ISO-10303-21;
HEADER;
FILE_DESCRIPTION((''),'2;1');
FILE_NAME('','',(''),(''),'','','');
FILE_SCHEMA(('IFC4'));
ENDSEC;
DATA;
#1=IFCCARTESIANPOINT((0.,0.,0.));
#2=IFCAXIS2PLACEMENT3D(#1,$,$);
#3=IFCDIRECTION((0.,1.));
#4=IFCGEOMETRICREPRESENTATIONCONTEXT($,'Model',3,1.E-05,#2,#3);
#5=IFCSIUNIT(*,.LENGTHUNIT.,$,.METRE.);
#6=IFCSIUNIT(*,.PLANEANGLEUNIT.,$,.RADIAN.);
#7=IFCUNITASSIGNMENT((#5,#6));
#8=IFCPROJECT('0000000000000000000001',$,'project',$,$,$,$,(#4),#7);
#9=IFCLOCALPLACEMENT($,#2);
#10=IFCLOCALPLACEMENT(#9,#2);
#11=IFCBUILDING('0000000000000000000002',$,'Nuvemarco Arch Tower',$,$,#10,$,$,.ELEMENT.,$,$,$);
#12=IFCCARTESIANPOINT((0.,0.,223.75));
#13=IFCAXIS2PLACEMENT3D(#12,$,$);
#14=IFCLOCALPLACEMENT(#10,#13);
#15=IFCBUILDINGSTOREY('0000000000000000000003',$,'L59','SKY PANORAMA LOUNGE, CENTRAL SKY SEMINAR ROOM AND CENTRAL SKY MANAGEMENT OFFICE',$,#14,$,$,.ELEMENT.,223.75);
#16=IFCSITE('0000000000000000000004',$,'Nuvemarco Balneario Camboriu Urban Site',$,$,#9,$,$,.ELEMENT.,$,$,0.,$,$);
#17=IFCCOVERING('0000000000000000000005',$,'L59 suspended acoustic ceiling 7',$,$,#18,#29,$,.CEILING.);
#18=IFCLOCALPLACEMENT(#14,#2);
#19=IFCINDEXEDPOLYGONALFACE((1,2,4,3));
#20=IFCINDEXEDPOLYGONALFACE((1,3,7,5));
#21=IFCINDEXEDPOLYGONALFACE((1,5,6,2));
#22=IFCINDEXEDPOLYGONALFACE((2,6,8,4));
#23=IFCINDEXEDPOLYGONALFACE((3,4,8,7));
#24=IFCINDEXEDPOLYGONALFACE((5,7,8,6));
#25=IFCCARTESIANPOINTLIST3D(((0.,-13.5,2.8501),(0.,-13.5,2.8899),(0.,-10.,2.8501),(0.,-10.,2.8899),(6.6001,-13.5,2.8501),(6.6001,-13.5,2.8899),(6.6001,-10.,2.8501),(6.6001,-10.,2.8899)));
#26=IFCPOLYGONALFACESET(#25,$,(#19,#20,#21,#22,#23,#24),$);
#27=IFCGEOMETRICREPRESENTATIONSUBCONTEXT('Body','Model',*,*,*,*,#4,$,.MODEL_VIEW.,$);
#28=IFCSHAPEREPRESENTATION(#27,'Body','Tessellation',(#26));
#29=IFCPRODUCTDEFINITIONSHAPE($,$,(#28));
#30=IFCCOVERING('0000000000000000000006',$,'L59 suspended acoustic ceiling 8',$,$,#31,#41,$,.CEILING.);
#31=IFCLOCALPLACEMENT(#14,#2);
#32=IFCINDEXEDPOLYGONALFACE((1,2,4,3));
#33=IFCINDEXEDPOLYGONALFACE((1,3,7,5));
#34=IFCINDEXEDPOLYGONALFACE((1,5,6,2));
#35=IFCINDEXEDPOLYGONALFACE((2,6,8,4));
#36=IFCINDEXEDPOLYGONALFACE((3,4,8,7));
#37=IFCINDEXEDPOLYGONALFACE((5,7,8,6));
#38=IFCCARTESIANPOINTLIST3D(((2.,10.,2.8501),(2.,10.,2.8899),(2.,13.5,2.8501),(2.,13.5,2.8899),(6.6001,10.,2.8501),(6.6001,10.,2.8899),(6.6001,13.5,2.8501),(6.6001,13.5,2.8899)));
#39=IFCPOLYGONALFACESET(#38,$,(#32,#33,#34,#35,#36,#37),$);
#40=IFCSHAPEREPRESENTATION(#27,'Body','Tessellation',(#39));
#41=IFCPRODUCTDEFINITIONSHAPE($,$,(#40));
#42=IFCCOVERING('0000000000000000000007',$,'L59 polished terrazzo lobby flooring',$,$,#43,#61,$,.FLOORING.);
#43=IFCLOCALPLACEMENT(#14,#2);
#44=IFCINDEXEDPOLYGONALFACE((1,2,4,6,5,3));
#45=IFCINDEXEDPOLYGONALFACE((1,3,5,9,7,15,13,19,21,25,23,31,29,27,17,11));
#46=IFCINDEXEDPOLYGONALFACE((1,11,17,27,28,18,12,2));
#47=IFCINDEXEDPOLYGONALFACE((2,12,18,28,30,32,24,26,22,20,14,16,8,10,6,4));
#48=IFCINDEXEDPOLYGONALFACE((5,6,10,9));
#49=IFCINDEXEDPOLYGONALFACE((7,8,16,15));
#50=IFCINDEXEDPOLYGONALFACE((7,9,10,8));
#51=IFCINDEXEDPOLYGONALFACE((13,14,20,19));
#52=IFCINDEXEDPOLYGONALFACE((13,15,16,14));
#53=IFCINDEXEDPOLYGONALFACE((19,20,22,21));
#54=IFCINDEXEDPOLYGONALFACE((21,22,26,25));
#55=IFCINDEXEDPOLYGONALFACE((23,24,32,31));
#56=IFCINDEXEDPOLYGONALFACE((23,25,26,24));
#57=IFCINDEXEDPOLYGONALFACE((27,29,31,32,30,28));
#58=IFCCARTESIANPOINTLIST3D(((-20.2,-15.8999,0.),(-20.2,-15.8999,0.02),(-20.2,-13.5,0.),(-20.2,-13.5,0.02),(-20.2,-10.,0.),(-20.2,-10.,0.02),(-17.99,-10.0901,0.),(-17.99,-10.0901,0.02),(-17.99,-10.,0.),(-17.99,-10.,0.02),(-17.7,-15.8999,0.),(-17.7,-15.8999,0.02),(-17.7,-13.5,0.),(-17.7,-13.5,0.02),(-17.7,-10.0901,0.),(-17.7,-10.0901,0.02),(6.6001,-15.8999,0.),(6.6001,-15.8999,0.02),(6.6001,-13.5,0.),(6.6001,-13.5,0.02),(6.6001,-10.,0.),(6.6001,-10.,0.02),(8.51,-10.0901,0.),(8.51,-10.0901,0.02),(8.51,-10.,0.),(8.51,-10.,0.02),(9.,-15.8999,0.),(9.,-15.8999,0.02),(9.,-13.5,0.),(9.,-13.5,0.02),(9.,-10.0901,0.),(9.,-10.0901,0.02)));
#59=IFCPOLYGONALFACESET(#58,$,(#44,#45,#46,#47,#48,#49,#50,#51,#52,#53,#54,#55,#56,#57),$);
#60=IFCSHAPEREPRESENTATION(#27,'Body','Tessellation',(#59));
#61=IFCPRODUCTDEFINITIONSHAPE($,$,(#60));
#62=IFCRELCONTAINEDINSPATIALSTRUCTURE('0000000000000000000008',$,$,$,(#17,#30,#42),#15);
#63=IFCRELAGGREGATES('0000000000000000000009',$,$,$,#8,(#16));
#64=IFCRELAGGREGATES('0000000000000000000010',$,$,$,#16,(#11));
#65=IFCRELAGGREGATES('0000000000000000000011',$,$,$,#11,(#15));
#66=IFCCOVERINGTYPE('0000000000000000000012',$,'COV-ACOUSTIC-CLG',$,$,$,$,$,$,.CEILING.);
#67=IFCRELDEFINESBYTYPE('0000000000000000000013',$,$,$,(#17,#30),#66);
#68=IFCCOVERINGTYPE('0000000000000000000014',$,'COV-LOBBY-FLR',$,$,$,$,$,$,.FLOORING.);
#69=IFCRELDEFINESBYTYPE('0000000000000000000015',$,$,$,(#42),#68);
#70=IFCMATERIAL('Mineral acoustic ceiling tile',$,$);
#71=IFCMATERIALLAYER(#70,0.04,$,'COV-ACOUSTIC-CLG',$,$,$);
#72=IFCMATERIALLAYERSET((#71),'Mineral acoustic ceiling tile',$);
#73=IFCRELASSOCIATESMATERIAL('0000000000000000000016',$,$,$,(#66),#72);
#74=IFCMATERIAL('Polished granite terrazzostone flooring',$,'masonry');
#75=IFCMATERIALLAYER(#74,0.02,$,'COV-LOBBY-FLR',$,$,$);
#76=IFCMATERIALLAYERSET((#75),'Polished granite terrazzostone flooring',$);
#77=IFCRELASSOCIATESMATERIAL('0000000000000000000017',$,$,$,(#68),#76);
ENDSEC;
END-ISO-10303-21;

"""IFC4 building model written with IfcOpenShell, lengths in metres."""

from ifc_helpers import new_model, si_unit, direction, frame, origin, place, context, subcontext, project, spatial, polyline, outline, extrude, material, layer, layer_set, type_object, element, save


model = new_model("IFC4")

# Units and contexts
model_context = context("Model", 3, precision=1e-05, world=origin(), true_north=direction((0.0, 1.0)))
body_context = subcontext(model_context, "Body", "Model", "MODEL_VIEW")
ifc_project = project(units=[si_unit("LENGTHUNIT", "METRE"), si_unit("PLANEANGLEUNIT", "RADIAN")], contexts=[model_context])

# Site, building, storey
site_placement = place(None, origin())
site = spatial("IfcSite", under=ifc_project, at=site_placement, Name="Nuvemarco Balneario Camboriu Urban Site", CompositionType="ELEMENT", RefElevation=0.0)
building_placement = place(site_placement, origin())
building = spatial("IfcBuilding", under=site, at=building_placement, Name="Nuvemarco Arch Tower", CompositionType="ELEMENT")
storey_placement = place(building_placement, frame((0.0, 0.0, 223.75)))
storey = spatial("IfcBuildingStorey", under=building, at=storey_placement, Name="L59", Description="SKY PANORAMA LOUNGE, CENTRAL SKY SEMINAR ROOM AND CENTRAL SKY MANAGEMENT OFFICE", CompositionType="ELEMENT", Elevation=223.75)

# Coverings
ifc_material_1 = material(Name="Mineral acoustic ceiling tile")
ifc_layer_1 = layer(ifc_material_1, 0.04, Name="COV-ACOUSTIC-CLG")
ifc_layer_set_1 = layer_set([ifc_layer_1], Name="Mineral acoustic ceiling tile")
covering_type_1 = type_object("IfcCoveringType", Name="COV-ACOUSTIC-CLG", PredefinedType="CEILING", material=ifc_layer_set_1)
covering_1_placement = place(storey_placement, frame((0.0, 0.0, 2.8501)))
element("IfcCovering", 1, at=covering_1_placement, inside=storey, type_object=covering_type_1, Name="L59 suspended acoustic ceiling 7", PredefinedType="CEILING", context=body_context, shape_type="SweptSolid", body=[
    extrude(outline(polyline([(6.6001, -13.5), (0.0, -13.5), (0.0, -10.0), (6.6001, -10.0), (6.6001, -13.5)])), origin(), (0.0, 0.0, 1.0), 0.0398),
])
covering_2_placement = place(storey_placement, frame((0.0, 0.0, 2.8501)))
element("IfcCovering", 2, at=covering_2_placement, inside=storey, type_object=covering_type_1, Name="L59 suspended acoustic ceiling 8", PredefinedType="CEILING", context=body_context, shape_type="SweptSolid", body=[
    extrude(outline(polyline([(2.0, 13.5), (6.6001, 13.5), (6.6001, 10.0), (2.0, 10.0), (2.0, 13.5)])), origin(), (0.0, 0.0, 1.0), 0.0398),
])
ifc_material_2 = material(Name="Polished granite terrazzostone flooring", Category="masonry")
ifc_layer_2 = layer(ifc_material_2, 0.02, Name="COV-LOBBY-FLR")
ifc_layer_set_2 = layer_set([ifc_layer_2], Name="Polished granite terrazzostone flooring")
covering_type_2 = type_object("IfcCoveringType", Name="COV-LOBBY-FLR", PredefinedType="FLOORING", material=ifc_layer_set_2)
covering_3_placement = place(storey_placement, origin())
element("IfcCovering", 3, at=covering_3_placement, inside=storey, type_object=covering_type_2, Name="L59 polished terrazzo lobby flooring", PredefinedType="FLOORING", context=body_context, shape_type="SweptSolid", body=[
    extrude(outline(polyline([(-20.2, -10.0), (-17.99, -10.0), (-17.99, -10.0901), (-17.7, -10.0901), (-17.7, -13.5), (6.6001, -13.5), (6.6001, -10.0), (8.51, -10.0), (8.51, -10.0901), (9.0, -10.0901), (9.0, -13.5), (9.0, -15.8999), (6.6001, -15.8999), (-17.7, -15.8999), (-20.2, -15.8999), (-20.2, -13.5), (-20.2, -10.0)])), origin(), (0.0, 0.0, 1.0), 0.02),
])

save(model, "model.ifc")
